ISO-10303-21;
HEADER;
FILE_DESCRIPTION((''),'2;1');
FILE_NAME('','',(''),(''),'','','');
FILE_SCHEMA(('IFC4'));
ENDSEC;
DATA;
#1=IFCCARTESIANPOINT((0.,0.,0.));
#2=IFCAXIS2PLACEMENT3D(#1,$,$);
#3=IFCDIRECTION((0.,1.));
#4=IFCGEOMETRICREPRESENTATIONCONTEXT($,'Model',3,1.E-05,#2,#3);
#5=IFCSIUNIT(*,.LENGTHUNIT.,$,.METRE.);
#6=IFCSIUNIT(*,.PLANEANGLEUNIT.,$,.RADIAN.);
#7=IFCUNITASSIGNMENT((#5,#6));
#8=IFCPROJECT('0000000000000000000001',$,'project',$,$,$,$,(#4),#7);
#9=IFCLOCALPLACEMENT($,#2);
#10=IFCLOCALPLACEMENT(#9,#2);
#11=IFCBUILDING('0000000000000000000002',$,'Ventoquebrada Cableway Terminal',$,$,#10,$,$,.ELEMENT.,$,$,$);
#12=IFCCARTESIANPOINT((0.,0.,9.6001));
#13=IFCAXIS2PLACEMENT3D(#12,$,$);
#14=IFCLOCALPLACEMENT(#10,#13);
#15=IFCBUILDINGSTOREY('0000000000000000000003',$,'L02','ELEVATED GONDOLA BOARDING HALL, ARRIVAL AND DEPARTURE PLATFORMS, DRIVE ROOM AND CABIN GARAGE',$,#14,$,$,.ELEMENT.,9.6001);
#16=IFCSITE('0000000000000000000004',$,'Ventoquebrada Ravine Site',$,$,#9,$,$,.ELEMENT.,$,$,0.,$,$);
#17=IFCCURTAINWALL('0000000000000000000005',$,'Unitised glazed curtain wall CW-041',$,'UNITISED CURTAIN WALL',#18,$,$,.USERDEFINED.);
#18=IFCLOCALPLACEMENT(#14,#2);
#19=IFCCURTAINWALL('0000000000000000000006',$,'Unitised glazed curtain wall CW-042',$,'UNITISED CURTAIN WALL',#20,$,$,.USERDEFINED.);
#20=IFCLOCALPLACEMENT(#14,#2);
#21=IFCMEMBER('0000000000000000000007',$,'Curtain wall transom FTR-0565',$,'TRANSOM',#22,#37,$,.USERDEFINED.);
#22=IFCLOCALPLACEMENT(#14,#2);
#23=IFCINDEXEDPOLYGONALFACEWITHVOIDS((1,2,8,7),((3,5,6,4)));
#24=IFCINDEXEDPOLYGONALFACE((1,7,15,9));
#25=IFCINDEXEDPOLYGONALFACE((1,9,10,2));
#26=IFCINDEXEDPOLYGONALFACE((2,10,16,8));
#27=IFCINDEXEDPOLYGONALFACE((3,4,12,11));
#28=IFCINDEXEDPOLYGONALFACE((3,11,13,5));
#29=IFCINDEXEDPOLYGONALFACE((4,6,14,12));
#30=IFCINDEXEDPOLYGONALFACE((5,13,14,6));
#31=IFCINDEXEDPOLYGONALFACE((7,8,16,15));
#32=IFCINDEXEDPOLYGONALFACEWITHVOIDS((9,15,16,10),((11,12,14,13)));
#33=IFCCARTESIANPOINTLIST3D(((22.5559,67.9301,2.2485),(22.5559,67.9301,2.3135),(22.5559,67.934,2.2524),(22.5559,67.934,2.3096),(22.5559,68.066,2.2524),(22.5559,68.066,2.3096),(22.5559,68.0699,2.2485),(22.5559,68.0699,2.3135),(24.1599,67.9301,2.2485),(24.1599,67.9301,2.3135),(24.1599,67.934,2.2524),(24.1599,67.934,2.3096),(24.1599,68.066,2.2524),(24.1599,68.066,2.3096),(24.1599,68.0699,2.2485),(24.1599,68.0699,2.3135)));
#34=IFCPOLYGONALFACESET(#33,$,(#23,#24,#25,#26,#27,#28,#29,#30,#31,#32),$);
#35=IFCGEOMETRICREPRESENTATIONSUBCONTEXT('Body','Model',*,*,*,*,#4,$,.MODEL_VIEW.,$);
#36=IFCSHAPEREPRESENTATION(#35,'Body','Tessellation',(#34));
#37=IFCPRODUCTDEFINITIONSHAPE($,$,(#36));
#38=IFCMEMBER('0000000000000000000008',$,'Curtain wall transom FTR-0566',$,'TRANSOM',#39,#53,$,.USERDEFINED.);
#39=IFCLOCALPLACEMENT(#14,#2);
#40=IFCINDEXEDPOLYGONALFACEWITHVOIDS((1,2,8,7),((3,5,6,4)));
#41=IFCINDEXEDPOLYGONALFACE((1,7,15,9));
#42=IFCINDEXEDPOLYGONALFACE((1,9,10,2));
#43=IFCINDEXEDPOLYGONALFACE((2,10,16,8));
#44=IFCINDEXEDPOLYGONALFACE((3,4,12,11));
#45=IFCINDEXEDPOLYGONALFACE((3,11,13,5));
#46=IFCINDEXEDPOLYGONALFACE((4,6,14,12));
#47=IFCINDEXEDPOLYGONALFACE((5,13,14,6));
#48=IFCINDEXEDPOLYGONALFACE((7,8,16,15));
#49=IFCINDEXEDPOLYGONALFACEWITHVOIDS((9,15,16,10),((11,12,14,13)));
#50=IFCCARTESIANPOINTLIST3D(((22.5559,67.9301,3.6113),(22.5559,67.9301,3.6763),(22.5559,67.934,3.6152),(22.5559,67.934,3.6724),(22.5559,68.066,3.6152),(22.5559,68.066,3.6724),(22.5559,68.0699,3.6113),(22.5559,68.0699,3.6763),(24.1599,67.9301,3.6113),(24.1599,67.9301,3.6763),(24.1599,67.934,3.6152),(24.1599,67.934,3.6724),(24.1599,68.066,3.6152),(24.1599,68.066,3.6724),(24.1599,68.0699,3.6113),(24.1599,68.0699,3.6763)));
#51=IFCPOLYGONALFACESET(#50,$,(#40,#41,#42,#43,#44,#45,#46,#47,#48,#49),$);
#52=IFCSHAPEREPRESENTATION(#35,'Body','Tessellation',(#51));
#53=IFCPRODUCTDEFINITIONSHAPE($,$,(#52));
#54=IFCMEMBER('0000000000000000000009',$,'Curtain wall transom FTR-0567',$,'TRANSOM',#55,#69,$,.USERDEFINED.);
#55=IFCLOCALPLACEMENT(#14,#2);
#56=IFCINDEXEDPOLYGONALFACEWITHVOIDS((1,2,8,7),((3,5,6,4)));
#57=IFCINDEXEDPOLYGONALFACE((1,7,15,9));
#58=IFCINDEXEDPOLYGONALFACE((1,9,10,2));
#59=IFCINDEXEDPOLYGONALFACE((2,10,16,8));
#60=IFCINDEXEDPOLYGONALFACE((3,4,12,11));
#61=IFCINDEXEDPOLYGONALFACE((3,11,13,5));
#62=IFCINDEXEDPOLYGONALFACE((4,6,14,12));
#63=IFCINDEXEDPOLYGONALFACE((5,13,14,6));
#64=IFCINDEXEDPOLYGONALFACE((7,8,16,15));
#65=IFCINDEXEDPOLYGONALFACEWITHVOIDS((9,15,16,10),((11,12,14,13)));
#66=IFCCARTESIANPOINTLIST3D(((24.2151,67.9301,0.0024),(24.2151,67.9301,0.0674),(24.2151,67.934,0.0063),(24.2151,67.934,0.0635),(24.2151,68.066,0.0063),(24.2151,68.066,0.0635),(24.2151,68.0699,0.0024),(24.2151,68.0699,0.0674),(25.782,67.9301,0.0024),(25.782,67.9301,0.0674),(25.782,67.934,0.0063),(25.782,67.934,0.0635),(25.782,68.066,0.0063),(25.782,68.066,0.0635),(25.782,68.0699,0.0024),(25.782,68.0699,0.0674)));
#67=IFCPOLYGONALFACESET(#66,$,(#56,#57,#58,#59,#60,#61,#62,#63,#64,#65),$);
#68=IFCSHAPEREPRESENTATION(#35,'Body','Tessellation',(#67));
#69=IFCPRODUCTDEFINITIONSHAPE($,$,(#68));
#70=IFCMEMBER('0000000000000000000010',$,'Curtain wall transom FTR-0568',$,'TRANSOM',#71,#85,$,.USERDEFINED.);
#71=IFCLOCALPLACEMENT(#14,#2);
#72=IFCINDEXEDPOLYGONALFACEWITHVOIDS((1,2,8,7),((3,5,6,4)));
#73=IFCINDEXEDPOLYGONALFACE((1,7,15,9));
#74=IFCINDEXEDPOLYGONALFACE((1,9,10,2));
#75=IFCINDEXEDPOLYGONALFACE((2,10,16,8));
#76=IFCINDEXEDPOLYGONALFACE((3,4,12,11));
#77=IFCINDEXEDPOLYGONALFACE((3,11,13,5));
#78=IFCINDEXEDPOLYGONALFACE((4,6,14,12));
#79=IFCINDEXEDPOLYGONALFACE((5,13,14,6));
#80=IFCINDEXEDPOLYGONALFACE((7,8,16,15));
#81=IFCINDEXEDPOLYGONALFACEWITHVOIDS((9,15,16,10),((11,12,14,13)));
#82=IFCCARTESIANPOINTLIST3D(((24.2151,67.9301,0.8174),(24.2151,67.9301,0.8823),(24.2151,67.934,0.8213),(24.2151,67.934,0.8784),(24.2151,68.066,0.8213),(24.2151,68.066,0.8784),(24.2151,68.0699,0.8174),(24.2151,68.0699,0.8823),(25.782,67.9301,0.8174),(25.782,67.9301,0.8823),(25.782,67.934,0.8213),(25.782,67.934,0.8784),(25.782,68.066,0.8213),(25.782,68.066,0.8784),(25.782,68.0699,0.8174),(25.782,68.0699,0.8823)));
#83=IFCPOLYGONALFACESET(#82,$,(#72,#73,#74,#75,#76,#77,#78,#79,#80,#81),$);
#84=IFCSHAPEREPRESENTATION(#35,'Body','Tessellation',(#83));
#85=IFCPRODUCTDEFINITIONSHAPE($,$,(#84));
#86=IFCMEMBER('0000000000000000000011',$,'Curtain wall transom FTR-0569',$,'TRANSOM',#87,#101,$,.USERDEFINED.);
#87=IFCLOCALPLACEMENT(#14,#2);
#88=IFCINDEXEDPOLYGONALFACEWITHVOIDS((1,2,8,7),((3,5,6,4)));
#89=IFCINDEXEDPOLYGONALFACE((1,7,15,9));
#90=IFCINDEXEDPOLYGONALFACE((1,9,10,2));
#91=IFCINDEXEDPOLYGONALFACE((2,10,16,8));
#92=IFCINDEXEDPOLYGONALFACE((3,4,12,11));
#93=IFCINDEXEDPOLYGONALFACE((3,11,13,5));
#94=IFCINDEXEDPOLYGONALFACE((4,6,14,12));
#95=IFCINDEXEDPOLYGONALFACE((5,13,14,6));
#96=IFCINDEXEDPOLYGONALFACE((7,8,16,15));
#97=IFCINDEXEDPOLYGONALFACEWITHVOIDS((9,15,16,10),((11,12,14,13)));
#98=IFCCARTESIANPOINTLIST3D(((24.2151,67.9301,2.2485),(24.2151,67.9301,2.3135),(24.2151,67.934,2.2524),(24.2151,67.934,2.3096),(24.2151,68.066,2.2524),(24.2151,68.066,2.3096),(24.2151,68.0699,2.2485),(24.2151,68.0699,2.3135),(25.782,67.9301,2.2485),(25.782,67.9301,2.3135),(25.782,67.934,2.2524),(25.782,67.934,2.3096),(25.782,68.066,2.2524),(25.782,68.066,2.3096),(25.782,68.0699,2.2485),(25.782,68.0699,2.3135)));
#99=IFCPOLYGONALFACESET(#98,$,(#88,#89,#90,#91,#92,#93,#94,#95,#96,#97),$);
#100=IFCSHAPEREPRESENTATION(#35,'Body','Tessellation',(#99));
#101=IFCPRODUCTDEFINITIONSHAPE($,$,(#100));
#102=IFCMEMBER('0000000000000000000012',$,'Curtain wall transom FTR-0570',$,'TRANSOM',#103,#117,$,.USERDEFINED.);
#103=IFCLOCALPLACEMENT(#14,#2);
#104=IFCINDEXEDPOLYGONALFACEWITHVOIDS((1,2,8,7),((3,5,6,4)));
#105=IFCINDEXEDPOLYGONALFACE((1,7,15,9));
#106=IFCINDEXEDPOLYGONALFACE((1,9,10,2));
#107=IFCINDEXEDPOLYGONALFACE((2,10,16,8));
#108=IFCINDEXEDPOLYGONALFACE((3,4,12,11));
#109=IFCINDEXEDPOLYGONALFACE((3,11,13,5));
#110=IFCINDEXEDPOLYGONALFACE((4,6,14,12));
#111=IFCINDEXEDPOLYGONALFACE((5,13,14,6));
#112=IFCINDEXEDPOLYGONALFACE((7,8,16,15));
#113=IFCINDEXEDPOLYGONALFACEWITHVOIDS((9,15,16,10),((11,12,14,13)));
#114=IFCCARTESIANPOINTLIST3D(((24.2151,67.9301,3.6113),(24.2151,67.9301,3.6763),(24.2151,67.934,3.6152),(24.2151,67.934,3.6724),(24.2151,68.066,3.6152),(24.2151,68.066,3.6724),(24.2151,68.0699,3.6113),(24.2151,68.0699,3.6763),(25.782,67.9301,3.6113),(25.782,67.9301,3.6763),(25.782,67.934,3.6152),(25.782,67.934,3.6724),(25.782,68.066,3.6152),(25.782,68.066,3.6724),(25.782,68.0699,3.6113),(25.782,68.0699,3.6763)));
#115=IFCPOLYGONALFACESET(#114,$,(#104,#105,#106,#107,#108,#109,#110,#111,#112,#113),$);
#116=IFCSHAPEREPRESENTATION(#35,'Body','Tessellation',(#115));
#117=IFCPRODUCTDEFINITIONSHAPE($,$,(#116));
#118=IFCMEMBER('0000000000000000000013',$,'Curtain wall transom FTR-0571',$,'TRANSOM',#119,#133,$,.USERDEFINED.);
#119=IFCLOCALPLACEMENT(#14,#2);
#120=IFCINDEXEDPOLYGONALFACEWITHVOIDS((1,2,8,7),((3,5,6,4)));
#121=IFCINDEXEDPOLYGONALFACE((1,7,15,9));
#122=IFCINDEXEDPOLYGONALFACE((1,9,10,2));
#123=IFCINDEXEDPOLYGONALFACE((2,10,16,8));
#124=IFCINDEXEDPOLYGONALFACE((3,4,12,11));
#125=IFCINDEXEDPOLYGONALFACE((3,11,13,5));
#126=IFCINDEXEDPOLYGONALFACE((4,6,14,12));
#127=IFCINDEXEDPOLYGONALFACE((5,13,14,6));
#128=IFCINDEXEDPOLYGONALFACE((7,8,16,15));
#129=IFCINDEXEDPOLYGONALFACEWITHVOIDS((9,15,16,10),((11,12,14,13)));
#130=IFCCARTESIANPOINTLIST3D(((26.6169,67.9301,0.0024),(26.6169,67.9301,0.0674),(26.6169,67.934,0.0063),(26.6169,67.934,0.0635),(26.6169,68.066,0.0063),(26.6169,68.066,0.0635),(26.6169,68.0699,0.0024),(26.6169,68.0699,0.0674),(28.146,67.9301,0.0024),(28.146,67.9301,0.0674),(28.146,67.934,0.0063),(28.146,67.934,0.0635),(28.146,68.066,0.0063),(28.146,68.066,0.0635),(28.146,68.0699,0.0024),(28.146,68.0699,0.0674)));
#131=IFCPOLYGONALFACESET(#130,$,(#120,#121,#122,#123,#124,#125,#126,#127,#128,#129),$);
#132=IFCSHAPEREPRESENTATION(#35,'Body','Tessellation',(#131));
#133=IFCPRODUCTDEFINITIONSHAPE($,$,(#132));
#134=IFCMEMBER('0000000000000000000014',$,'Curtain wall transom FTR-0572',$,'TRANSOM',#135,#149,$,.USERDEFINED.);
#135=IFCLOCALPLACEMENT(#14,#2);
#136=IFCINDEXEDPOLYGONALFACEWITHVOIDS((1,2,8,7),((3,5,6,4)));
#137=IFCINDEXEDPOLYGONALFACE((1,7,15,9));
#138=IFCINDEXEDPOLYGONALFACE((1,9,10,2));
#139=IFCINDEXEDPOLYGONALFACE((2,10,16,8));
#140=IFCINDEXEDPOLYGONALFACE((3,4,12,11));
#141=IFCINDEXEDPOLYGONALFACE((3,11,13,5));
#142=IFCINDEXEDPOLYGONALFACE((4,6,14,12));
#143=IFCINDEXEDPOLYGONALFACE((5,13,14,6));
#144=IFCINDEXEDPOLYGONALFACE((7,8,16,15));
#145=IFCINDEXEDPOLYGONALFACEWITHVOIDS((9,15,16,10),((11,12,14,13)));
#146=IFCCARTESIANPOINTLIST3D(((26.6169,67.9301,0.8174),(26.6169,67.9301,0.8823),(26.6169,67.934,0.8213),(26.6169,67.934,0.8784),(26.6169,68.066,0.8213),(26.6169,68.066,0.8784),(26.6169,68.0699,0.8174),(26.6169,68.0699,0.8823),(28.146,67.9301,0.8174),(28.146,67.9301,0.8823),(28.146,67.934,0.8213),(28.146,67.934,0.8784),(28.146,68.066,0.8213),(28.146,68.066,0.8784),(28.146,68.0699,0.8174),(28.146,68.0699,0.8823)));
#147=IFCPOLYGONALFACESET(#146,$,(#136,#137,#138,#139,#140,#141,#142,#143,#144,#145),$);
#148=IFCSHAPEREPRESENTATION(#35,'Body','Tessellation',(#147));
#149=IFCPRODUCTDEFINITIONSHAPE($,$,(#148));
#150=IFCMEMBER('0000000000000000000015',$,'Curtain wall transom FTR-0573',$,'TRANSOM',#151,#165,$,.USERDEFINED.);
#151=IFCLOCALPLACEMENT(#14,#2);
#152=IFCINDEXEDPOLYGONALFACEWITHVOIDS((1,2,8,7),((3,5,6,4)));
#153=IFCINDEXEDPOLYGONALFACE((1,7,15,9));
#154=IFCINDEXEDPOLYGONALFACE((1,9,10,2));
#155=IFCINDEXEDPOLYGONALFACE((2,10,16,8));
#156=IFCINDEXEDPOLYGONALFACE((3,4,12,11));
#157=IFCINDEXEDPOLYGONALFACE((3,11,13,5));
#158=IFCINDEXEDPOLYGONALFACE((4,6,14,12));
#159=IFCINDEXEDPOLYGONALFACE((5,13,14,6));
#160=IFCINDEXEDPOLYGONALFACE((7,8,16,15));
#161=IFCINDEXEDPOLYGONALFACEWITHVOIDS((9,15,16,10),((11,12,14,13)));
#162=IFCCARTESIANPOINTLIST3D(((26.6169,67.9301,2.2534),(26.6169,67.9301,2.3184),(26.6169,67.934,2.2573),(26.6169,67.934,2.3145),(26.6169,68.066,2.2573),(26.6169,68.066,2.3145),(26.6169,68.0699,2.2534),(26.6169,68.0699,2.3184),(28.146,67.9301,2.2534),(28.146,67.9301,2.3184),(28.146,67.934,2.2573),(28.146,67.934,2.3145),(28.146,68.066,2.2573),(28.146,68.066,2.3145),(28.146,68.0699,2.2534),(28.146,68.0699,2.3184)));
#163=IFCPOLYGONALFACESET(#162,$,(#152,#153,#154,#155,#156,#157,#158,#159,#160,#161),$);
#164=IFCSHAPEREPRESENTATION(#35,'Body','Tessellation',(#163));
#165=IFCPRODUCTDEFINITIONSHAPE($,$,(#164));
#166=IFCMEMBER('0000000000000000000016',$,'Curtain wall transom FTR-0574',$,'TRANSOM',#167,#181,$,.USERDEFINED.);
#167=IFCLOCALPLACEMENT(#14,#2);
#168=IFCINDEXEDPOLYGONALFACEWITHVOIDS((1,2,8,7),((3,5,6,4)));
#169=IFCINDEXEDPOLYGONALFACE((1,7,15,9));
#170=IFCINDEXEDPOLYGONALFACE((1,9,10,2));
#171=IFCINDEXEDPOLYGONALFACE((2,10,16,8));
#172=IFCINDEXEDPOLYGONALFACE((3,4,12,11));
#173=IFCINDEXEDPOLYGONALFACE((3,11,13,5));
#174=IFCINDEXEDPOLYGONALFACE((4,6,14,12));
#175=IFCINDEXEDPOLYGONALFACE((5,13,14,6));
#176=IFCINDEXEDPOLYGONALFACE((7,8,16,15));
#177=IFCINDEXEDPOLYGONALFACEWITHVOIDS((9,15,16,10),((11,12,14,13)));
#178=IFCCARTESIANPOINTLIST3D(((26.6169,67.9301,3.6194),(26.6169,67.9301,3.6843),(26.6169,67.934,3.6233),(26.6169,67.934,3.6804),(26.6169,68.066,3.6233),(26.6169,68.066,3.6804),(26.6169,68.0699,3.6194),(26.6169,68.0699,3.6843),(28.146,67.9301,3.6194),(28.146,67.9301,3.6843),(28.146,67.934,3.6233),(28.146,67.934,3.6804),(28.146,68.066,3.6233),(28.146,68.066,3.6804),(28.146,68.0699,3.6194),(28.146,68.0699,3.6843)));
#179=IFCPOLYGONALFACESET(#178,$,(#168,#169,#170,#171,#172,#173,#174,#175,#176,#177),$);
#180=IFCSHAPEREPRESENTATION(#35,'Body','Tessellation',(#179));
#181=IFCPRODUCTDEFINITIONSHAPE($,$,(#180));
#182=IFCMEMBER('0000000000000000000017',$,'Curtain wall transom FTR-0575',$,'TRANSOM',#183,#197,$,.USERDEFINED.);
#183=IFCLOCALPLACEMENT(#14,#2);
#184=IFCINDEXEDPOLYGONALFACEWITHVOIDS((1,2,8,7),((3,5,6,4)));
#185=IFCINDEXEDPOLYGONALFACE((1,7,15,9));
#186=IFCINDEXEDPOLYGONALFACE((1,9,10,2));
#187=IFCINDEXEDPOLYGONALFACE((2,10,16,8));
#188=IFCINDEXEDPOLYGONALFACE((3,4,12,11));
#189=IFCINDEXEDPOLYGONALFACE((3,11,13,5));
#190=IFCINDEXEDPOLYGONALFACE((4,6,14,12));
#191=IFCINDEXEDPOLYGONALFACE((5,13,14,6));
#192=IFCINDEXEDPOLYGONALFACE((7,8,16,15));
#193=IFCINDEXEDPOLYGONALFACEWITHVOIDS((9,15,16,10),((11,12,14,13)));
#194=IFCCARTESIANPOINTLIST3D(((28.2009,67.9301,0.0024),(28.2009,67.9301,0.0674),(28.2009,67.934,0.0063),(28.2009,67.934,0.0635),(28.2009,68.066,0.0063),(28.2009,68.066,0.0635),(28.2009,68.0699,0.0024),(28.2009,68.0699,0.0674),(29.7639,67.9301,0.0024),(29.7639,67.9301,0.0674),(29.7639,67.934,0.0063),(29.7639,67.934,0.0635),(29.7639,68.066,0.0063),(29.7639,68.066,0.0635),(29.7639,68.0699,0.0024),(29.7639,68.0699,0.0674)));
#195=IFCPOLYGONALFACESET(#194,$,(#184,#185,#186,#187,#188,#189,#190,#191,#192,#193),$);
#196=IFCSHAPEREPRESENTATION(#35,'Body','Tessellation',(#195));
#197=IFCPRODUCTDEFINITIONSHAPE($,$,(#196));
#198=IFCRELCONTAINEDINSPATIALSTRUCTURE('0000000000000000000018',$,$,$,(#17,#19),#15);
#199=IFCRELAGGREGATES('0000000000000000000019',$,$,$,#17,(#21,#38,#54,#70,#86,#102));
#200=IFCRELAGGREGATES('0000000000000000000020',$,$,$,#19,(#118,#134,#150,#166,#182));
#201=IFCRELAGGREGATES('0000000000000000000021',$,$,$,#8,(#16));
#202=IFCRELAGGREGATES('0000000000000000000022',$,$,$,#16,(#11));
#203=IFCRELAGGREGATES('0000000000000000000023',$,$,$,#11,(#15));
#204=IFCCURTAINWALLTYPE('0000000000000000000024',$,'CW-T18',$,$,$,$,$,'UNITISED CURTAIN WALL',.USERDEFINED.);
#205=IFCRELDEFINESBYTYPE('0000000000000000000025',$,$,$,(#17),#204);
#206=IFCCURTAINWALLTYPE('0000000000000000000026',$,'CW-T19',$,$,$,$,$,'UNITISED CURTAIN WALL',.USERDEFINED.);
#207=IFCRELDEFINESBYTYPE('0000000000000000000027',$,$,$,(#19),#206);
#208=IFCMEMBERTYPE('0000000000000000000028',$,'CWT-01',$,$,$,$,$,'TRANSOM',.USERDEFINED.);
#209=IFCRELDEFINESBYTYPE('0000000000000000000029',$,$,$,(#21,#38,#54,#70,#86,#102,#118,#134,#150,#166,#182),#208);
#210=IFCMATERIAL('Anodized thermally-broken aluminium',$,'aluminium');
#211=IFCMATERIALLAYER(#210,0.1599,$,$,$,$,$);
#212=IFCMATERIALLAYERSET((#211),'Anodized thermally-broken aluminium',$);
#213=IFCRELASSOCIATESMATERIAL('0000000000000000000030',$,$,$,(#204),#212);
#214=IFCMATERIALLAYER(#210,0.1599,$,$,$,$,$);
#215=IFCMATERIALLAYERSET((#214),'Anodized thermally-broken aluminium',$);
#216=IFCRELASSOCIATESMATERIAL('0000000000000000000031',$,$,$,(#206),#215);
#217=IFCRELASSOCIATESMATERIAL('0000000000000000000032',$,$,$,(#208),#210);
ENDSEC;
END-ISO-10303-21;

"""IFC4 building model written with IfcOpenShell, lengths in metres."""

from ifc_helpers import new_model, si_unit, direction, frame, origin, origin_2d, place, context, subcontext, project, spatial, hollow_rectangle, extrude, material, layer, layer_set, material_profile, profile_set, type_object, element, aggregate, save


model = new_model("IFC4")

# Units and contexts
model_context = context("Model", 3, precision=1e-05, world=origin(), true_north=direction((0.0, 1.0)))
body_context = subcontext(model_context, "Body", "Model", "MODEL_VIEW")
ifc_project = project(units=[si_unit("LENGTHUNIT", "METRE"), si_unit("PLANEANGLEUNIT", "RADIAN")], contexts=[model_context])

# Site, building, storey
site_placement = place(None, origin())
site = spatial("IfcSite", under=ifc_project, at=site_placement, Name="Ventoquebrada Ravine Site", CompositionType="ELEMENT", RefElevation=0.0)
building_placement = place(site_placement, origin())
building = spatial("IfcBuilding", under=site, at=building_placement, Name="Ventoquebrada Cableway Terminal", CompositionType="ELEMENT")
storey_placement = place(building_placement, frame((0.0, 0.0, 9.6001)))
storey = spatial("IfcBuildingStorey", under=building, at=storey_placement, Name="L02", Description="ELEVATED GONDOLA BOARDING HALL, ARRIVAL AND DEPARTURE PLATFORMS, DRIVE ROOM AND CABIN GARAGE", CompositionType="ELEMENT", Elevation=9.6001)

# Curtain walls
ifc_material_1 = material(Name="Anodized thermally-broken aluminium", Category="aluminium")
ifc_layer_1 = layer(ifc_material_1, 0.1599)
ifc_layer_set_1 = layer_set([ifc_layer_1], Name="Anodized thermally-broken aluminium")
curtain_wall_type_1 = type_object("IfcCurtainWallType", Name="CW-T18", ElementType="UNITISED CURTAIN WALL", PredefinedType="USERDEFINED", material=ifc_layer_set_1)
curtain_wall_1_placement = place(storey_placement, origin())
curtain_wall_1 = element("IfcCurtainWall", 1, at=curtain_wall_1_placement, inside=storey, type_object=curtain_wall_type_1, Name="Unitised glazed curtain wall CW-041", ObjectType="UNITISED CURTAIN WALL", PredefinedType="USERDEFINED")
ifc_layer_2 = layer(ifc_material_1, 0.1599)
ifc_layer_set_2 = layer_set([ifc_layer_2], Name="Anodized thermally-broken aluminium")
curtain_wall_type_2 = type_object("IfcCurtainWallType", Name="CW-T19", ElementType="UNITISED CURTAIN WALL", PredefinedType="USERDEFINED", material=ifc_layer_set_2)
curtain_wall_2_placement = place(storey_placement, origin())
curtain_wall_2 = element("IfcCurtainWall", 2, at=curtain_wall_2_placement, inside=storey, type_object=curtain_wall_type_2, Name="Unitised glazed curtain wall CW-042", ObjectType="UNITISED CURTAIN WALL", PredefinedType="USERDEFINED")

# Members
ifc_material_profile_1 = material_profile(ifc_material_1, hollow_rectangle(XDim=0.0649, YDim=0.1399, WallThickness=0.0039, at=origin_2d()), Name="CW-TRN-65X140")
ifc_profile_set_1 = profile_set([ifc_material_profile_1], Name="Anodized thermally-broken aluminium")
member_type_1 = type_object("IfcMemberType", Name="CWT-01", ElementType="TRANSOM", PredefinedType="USERDEFINED", material=ifc_profile_set_1)
member_1_placement = place(storey_placement, frame((22.5559, 68.0, 2.281), z_axis=(1.0, 0.0, 0.0), x_axis=(0.0, 0.0, 1.0)))
member_1 = element("IfcMember", 3, at=member_1_placement, type_object=member_type_1, Name="Curtain wall transom FTR-0565", ObjectType="TRANSOM", PredefinedType="USERDEFINED", context=body_context, shape_type="SweptSolid", body=[
    extrude(hollow_rectangle(XDim=0.0649, YDim=0.1399, WallThickness=0.0039, at=origin_2d()), origin(), (0.0, 0.0, 1.0), 1.604),
])
member_2_placement = place(storey_placement, frame((22.5559, 68.0, 3.6438), z_axis=(1.0, 0.0, 0.0), x_axis=(0.0, 0.0, 1.0)))
member_2 = element("IfcMember", 4, at=member_2_placement, type_object=member_type_1, Name="Curtain wall transom FTR-0566", ObjectType="TRANSOM", PredefinedType="USERDEFINED", context=body_context, shape_type="SweptSolid", body=[
    extrude(hollow_rectangle(XDim=0.0649, YDim=0.1399, WallThickness=0.0039, at=origin_2d()), origin(), (0.0, 0.0, 1.0), 1.604),
])
member_3_placement = place(storey_placement, frame((24.2151, 68.0, 0.0349), z_axis=(1.0, 0.0, 0.0), x_axis=(0.0, 0.0, 1.0)))
member_3 = element("IfcMember", 5, at=member_3_placement, type_object=member_type_1, Name="Curtain wall transom FTR-0567", ObjectType="TRANSOM", PredefinedType="USERDEFINED", context=body_context, shape_type="SweptSolid", body=[
    extrude(hollow_rectangle(XDim=0.0649, YDim=0.1399, WallThickness=0.0039, at=origin_2d()), origin(), (0.0, 0.0, 1.0), 1.5669),
])
member_4_placement = place(storey_placement, frame((24.2151, 68.0, 0.8499), z_axis=(1.0, 0.0, 0.0), x_axis=(0.0, 0.0, 1.0)))
member_4 = element("IfcMember", 6, at=member_4_placement, type_object=member_type_1, Name="Curtain wall transom FTR-0568", ObjectType="TRANSOM", PredefinedType="USERDEFINED", context=body_context, shape_type="SweptSolid", body=[
    extrude(hollow_rectangle(XDim=0.0649, YDim=0.1399, WallThickness=0.0039, at=origin_2d()), origin(), (0.0, 0.0, 1.0), 1.5669),
])
member_5_placement = place(storey_placement, frame((24.2151, 68.0, 2.281), z_axis=(1.0, 0.0, 0.0), x_axis=(0.0, 0.0, 1.0)))
member_5 = element("IfcMember", 7, at=member_5_placement, type_object=member_type_1, Name="Curtain wall transom FTR-0569", ObjectType="TRANSOM", PredefinedType="USERDEFINED", context=body_context, shape_type="SweptSolid", body=[
    extrude(hollow_rectangle(XDim=0.0649, YDim=0.1399, WallThickness=0.0039, at=origin_2d()), origin(), (0.0, 0.0, 1.0), 1.5669),
])
member_6_placement = place(storey_placement, frame((24.2151, 68.0, 3.6438), z_axis=(1.0, 0.0, 0.0), x_axis=(0.0, 0.0, 1.0)))
member_6 = element("IfcMember", 8, at=member_6_placement, type_object=member_type_1, Name="Curtain wall transom FTR-0570", ObjectType="TRANSOM", PredefinedType="USERDEFINED", context=body_context, shape_type="SweptSolid", body=[
    extrude(hollow_rectangle(XDim=0.0649, YDim=0.1399, WallThickness=0.0039, at=origin_2d()), origin(), (0.0, 0.0, 1.0), 1.5669),
])
member_7_placement = place(storey_placement, frame((26.6169, 68.0, 0.0349), z_axis=(1.0, 0.0, 0.0), x_axis=(0.0, 0.0, 1.0)))
member_7 = element("IfcMember", 9, at=member_7_placement, type_object=member_type_1, Name="Curtain wall transom FTR-0571", ObjectType="TRANSOM", PredefinedType="USERDEFINED", context=body_context, shape_type="SweptSolid", body=[
    extrude(hollow_rectangle(XDim=0.0649, YDim=0.1399, WallThickness=0.0039, at=origin_2d()), origin(), (0.0, 0.0, 1.0), 1.5291),
])
member_8_placement = place(storey_placement, frame((26.6169, 68.0, 0.8499), z_axis=(1.0, 0.0, 0.0), x_axis=(0.0, 0.0, 1.0)))
member_8 = element("IfcMember", 10, at=member_8_placement, type_object=member_type_1, Name="Curtain wall transom FTR-0572", ObjectType="TRANSOM", PredefinedType="USERDEFINED", context=body_context, shape_type="SweptSolid", body=[
    extrude(hollow_rectangle(XDim=0.0649, YDim=0.1399, WallThickness=0.0039, at=origin_2d()), origin(), (0.0, 0.0, 1.0), 1.5291),
])
member_9_placement = place(storey_placement, frame((26.6169, 68.0, 2.2859), z_axis=(1.0, 0.0, 0.0), x_axis=(0.0, 0.0, 1.0)))
member_9 = element("IfcMember", 11, at=member_9_placement, type_object=member_type_1, Name="Curtain wall transom FTR-0573", ObjectType="TRANSOM", PredefinedType="USERDEFINED", context=body_context, shape_type="SweptSolid", body=[
    extrude(hollow_rectangle(XDim=0.0649, YDim=0.1399, WallThickness=0.0039, at=origin_2d()), origin(), (0.0, 0.0, 1.0), 1.5291),
])
member_10_placement = place(storey_placement, frame((26.6169, 68.0, 3.6519), z_axis=(1.0, 0.0, 0.0), x_axis=(0.0, 0.0, 1.0)))
member_10 = element("IfcMember", 12, at=member_10_placement, type_object=member_type_1, Name="Curtain wall transom FTR-0574", ObjectType="TRANSOM", PredefinedType="USERDEFINED", context=body_context, shape_type="SweptSolid", body=[
    extrude(hollow_rectangle(XDim=0.0649, YDim=0.1399, WallThickness=0.0039, at=origin_2d()), origin(), (0.0, 0.0, 1.0), 1.5291),
])
member_11_placement = place(storey_placement, frame((28.2009, 68.0, 0.0349), z_axis=(1.0, 0.0, 0.0), x_axis=(0.0, 0.0, 1.0)))
member_11 = element("IfcMember", 13, at=member_11_placement, type_object=member_type_1, Name="Curtain wall transom FTR-0575", ObjectType="TRANSOM", PredefinedType="USERDEFINED", context=body_context, shape_type="SweptSolid", body=[
    extrude(hollow_rectangle(XDim=0.0649, YDim=0.1399, WallThickness=0.0039, at=origin_2d()), origin(), (0.0, 0.0, 1.0), 1.563),
])

aggregate(curtain_wall_1, [member_1, member_2, member_3, member_4, member_5, member_6])
aggregate(curtain_wall_2, [member_7, member_8, member_9, member_10, member_11])

save(model, "model.ifc")
